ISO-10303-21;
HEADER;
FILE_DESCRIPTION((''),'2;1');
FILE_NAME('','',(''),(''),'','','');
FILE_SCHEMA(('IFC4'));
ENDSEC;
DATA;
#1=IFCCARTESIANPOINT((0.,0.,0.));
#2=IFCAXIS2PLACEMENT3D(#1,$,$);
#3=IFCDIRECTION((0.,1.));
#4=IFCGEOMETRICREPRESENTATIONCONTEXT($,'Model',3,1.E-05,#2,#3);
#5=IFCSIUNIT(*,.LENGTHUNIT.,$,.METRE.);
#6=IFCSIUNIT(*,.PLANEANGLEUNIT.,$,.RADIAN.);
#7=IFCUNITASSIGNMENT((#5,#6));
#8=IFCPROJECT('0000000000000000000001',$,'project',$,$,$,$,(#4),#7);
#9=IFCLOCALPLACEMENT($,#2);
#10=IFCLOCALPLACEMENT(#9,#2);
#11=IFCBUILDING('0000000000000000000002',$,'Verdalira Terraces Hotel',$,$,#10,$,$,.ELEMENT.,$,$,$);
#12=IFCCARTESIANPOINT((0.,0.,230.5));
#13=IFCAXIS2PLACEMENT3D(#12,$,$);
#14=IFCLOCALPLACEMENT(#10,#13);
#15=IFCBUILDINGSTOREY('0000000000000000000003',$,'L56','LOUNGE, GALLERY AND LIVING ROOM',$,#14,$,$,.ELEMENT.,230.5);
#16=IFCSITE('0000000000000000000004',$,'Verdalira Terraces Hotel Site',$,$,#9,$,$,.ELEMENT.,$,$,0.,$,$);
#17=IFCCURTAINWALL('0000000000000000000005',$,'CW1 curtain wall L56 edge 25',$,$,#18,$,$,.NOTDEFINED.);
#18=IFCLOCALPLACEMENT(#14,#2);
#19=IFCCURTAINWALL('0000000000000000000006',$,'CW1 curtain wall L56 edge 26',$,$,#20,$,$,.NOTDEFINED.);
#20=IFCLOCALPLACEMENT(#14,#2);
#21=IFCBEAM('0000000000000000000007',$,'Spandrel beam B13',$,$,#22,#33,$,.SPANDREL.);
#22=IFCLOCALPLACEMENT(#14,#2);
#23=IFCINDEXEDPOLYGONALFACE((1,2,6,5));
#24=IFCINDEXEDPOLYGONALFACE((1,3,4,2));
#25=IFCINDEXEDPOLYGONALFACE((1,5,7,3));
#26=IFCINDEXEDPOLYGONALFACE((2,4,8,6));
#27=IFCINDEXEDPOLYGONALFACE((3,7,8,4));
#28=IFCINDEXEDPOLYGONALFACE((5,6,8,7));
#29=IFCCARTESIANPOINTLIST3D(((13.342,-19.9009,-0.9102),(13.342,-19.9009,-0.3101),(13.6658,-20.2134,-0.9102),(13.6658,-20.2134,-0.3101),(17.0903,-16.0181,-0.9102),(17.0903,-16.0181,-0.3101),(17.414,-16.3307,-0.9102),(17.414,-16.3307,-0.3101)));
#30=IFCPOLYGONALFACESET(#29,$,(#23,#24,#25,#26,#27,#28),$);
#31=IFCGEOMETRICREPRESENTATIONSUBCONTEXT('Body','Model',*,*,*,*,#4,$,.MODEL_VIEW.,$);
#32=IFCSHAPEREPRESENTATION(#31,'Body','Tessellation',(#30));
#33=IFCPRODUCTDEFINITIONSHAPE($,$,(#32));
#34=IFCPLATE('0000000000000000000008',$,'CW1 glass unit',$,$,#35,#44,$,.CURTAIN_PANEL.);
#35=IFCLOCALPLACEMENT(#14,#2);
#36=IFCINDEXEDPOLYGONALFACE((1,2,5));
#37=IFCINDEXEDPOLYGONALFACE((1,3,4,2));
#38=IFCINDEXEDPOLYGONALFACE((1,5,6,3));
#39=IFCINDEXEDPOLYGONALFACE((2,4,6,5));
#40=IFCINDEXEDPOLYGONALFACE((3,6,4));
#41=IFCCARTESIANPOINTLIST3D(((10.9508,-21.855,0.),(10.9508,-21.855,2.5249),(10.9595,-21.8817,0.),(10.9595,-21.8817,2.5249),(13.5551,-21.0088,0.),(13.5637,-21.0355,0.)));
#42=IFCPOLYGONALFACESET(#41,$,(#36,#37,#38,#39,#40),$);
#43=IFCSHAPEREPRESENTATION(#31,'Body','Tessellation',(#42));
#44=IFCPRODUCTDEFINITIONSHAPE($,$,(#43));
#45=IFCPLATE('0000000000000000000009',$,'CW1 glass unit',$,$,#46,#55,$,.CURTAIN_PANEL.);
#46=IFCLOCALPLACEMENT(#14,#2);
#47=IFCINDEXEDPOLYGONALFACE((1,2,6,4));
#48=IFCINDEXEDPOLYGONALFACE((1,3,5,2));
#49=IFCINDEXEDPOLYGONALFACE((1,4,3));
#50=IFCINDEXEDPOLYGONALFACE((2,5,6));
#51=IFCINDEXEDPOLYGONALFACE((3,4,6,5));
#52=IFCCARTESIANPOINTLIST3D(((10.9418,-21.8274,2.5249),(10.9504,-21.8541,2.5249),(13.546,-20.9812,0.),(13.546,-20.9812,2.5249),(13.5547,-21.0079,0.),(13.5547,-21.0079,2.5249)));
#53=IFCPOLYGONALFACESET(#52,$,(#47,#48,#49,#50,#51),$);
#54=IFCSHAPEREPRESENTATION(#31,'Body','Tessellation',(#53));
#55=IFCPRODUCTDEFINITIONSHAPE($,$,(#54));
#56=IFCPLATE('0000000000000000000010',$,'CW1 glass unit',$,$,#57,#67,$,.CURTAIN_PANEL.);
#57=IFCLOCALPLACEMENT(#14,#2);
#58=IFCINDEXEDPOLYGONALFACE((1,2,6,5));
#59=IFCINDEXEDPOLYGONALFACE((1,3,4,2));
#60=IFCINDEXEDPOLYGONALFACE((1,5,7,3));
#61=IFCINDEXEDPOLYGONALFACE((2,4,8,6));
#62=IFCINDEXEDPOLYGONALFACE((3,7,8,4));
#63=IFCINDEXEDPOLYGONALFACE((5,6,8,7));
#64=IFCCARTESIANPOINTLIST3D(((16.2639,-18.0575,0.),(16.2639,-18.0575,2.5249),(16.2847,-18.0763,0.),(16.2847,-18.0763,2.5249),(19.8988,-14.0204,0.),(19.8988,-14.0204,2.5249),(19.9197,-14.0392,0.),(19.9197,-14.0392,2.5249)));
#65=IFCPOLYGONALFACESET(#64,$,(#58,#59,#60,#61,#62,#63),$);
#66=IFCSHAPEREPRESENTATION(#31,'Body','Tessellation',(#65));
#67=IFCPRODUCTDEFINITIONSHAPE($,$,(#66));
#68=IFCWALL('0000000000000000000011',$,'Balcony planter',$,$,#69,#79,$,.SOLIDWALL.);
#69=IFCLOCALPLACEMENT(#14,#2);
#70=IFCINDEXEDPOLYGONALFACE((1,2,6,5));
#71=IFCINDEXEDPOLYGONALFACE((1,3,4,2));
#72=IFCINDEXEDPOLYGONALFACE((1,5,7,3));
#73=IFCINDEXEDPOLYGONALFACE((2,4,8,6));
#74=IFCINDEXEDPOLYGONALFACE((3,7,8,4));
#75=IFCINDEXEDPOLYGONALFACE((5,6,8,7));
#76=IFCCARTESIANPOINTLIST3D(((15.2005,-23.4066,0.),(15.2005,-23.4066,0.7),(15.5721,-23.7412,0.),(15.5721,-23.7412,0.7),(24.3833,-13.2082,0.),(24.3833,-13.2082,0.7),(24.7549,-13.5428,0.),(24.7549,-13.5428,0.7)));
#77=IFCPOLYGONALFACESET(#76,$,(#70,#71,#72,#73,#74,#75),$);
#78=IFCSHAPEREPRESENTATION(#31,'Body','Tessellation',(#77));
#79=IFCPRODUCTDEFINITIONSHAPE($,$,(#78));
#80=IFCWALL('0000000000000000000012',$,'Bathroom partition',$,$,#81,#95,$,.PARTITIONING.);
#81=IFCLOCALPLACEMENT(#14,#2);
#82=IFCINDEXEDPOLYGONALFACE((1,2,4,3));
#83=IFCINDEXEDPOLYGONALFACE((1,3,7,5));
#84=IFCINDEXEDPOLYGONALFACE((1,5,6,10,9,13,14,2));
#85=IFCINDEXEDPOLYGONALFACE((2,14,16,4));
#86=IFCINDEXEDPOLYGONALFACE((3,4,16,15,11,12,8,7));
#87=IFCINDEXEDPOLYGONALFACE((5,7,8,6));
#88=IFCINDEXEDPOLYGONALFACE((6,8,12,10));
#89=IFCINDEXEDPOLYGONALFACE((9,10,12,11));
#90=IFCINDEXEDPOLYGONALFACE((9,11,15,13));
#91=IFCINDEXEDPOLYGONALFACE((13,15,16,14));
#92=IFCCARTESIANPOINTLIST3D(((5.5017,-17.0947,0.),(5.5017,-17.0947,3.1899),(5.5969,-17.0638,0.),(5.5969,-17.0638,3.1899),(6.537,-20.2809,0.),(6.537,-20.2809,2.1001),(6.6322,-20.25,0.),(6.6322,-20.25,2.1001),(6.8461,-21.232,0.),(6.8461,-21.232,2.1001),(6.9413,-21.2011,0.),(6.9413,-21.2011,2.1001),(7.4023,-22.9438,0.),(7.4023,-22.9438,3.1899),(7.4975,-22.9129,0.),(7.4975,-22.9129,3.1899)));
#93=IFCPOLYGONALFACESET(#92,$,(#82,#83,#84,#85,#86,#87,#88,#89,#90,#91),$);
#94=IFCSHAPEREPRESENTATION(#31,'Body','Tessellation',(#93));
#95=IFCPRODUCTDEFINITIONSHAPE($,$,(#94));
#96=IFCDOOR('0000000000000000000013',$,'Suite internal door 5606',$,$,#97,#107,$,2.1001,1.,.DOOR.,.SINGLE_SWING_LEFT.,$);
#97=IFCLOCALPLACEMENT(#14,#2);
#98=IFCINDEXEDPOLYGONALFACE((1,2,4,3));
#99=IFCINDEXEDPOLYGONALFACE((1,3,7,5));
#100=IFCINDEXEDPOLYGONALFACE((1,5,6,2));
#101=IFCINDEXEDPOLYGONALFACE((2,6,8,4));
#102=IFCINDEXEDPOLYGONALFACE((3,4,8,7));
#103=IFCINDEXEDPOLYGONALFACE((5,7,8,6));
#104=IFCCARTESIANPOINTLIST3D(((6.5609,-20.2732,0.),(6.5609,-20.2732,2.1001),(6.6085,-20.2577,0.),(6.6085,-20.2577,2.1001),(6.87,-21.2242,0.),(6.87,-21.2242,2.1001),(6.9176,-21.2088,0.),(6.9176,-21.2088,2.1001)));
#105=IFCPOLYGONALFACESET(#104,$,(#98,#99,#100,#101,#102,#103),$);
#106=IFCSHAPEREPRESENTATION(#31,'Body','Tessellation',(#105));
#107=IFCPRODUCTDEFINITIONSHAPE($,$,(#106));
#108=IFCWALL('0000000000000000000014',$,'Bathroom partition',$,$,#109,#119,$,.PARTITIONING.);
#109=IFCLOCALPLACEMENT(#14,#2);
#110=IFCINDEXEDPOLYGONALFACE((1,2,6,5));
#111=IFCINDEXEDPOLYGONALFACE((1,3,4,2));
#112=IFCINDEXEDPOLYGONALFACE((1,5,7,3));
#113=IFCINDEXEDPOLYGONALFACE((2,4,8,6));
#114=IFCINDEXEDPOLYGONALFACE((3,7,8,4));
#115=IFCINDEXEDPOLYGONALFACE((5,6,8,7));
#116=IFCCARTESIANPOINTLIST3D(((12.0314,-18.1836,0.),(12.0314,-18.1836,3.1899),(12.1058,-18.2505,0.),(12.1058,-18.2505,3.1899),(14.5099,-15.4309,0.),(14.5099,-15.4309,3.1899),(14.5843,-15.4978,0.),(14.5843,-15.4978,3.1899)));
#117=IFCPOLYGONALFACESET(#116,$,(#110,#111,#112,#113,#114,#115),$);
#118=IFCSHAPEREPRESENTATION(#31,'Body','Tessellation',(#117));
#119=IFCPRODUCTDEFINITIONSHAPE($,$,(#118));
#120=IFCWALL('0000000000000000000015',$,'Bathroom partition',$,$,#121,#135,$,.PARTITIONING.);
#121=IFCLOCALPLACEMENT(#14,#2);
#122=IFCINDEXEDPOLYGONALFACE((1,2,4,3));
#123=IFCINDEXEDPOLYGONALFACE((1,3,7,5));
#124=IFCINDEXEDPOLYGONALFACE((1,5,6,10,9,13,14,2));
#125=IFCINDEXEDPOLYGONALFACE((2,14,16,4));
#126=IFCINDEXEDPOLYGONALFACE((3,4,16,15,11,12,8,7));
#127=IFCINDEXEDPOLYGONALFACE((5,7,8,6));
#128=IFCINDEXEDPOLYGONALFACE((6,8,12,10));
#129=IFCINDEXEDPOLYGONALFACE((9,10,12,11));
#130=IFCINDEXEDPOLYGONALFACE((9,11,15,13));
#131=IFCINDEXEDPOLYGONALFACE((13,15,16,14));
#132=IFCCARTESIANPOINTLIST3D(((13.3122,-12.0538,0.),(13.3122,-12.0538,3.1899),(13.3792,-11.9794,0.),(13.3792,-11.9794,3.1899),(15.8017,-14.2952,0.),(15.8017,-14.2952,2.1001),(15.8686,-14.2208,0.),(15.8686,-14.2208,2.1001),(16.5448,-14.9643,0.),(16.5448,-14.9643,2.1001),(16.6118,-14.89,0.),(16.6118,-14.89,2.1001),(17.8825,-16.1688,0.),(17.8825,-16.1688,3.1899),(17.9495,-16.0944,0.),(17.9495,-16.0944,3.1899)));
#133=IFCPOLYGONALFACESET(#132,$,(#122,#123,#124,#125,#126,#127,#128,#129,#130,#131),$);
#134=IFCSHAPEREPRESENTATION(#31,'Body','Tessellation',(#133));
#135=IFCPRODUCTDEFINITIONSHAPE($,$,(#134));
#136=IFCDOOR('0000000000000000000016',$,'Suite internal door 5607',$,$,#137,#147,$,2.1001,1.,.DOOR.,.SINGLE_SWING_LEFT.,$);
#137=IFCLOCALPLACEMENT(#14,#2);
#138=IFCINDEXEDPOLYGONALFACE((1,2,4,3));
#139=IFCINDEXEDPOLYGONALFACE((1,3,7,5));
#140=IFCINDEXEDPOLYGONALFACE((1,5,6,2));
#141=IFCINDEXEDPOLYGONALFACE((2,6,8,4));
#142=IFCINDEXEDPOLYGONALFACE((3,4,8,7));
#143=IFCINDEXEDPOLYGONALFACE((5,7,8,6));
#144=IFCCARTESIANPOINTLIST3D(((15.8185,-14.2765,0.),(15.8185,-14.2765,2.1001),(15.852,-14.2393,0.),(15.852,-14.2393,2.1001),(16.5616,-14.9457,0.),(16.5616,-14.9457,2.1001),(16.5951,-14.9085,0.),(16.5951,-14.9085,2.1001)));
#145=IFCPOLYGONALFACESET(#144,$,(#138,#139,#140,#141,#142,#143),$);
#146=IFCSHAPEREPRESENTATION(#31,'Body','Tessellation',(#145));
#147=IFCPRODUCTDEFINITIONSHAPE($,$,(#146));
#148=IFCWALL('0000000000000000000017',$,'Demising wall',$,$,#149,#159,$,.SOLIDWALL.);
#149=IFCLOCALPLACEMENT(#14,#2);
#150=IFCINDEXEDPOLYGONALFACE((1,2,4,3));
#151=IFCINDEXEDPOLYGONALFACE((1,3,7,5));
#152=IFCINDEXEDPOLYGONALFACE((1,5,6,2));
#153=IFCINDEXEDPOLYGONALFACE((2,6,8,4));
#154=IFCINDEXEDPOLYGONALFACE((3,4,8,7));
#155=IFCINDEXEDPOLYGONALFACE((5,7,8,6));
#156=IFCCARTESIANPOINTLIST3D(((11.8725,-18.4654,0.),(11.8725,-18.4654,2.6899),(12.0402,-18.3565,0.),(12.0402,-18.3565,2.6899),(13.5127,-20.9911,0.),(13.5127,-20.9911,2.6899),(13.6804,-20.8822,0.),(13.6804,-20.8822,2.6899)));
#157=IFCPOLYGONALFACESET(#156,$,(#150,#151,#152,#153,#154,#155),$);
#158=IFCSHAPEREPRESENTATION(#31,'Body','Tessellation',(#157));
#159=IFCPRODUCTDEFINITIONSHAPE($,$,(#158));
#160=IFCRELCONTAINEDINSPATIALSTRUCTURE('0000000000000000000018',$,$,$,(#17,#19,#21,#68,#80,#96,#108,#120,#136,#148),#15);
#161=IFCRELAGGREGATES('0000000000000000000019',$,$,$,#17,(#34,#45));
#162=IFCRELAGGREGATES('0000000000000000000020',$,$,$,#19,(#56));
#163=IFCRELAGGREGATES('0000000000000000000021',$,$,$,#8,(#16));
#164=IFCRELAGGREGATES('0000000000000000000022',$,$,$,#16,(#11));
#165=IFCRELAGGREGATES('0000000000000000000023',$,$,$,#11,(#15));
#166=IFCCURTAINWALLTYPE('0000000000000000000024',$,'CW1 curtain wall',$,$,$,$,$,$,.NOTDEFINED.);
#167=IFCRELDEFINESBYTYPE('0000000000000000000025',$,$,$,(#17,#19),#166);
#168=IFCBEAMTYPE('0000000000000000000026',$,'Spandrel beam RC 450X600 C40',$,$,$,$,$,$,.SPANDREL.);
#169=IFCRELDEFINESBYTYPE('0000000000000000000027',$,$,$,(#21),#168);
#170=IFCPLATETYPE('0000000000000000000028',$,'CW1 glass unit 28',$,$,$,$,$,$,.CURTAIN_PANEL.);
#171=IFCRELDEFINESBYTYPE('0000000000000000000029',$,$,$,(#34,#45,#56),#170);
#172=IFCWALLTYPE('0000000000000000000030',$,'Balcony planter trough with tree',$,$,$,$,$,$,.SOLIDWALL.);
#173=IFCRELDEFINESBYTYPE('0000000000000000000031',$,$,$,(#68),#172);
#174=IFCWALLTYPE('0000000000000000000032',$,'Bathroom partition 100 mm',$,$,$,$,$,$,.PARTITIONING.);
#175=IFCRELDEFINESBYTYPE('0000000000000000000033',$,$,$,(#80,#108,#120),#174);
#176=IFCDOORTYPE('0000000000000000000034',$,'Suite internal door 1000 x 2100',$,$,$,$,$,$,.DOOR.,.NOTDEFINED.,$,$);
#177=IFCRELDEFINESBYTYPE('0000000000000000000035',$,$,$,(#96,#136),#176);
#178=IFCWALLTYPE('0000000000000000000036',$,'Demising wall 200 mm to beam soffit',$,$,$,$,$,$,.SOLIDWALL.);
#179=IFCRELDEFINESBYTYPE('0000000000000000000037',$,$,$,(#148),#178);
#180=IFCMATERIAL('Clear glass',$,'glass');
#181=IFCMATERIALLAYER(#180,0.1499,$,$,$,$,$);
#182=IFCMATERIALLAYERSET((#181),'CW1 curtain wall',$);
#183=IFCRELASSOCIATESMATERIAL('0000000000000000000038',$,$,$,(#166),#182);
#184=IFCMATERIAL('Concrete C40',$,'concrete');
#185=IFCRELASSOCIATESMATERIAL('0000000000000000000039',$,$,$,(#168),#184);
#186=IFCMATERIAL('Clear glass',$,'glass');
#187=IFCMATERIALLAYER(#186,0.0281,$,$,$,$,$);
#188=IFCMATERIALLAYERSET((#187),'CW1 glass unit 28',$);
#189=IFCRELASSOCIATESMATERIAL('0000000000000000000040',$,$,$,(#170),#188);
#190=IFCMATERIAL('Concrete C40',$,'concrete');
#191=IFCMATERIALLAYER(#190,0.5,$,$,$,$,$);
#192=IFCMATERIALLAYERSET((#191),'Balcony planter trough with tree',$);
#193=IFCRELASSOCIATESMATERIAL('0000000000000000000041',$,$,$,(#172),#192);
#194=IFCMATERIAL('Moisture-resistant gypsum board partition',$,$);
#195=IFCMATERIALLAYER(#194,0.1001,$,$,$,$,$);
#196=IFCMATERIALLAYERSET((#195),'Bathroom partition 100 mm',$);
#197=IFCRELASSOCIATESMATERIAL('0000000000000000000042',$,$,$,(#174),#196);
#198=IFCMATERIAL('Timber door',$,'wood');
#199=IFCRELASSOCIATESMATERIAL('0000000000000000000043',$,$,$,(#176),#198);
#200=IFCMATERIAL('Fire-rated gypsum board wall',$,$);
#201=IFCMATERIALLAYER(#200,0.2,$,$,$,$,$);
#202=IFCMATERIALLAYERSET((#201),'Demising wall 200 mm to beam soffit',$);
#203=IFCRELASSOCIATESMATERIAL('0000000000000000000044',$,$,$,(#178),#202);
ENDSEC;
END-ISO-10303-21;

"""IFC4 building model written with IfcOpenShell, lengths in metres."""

from ifc_helpers import new_model, si_unit, direction, frame, frame_2d, origin, origin_2d, place, context, subcontext, project, spatial, polyline, rectangle, outline, extrude, material, layer, layer_set, material_profile, profile_set, type_object, element, fill, aggregate, save


model = new_model("IFC4")

# Units and contexts
model_context = context("Model", 3, precision=1e-05, world=origin(), true_north=direction((0.0, 1.0)))
body_context = subcontext(model_context, "Body", "Model", "MODEL_VIEW")
ifc_project = project(units=[si_unit("LENGTHUNIT", "METRE"), si_unit("PLANEANGLEUNIT", "RADIAN")], contexts=[model_context])

# Site, building, storey
site_placement = place(None, origin())
site = spatial("IfcSite", under=ifc_project, at=site_placement, Name="Verdalira Terraces Hotel Site", CompositionType="ELEMENT", RefElevation=0.0)
building_placement = place(site_placement, origin())
building = spatial("IfcBuilding", under=site, at=building_placement, Name="Verdalira Terraces Hotel", CompositionType="ELEMENT")
storey_placement = place(building_placement, frame((0.0, 0.0, 230.5)))
storey = spatial("IfcBuildingStorey", under=building, at=storey_placement, Name="L56", Description="LOUNGE, GALLERY AND LIVING ROOM", CompositionType="ELEMENT", Elevation=230.5)

# Curtain wall
ifc_material_1 = material(Name="Clear glass", Category="glass")
ifc_layer_1 = layer(ifc_material_1, 0.1499)
ifc_layer_set_1 = layer_set([ifc_layer_1], Name="CW1 curtain wall")
curtain_wall_type = type_object("IfcCurtainWallType", Name="CW1 curtain wall", PredefinedType="NOTDEFINED", material=ifc_layer_set_1)
curtain_wall_1_placement = place(storey_placement, origin())
curtain_wall_1 = element("IfcCurtainWall", 1, at=curtain_wall_1_placement, inside=storey, type_object=curtain_wall_type, Name="CW1 curtain wall L56 edge 25", PredefinedType="NOTDEFINED")

# Curtain wall
curtain_wall_2_placement = place(storey_placement, origin())
curtain_wall_2 = element("IfcCurtainWall", 2, at=curtain_wall_2_placement, inside=storey, type_object=curtain_wall_type, Name="CW1 curtain wall L56 edge 26", PredefinedType="NOTDEFINED")

# Beam
ifc_material_2 = material(Name="Concrete C40", Category="concrete")
ifc_material_profile_1 = material_profile(ifc_material_2, rectangle(XDim=0.45, YDim=0.6001, at=origin_2d()), Name="RC 450X600")
ifc_profile_set_1 = profile_set([ifc_material_profile_1], Name="Concrete C40")
beam_type_1 = type_object("IfcBeamType", Name="Spandrel beam RC 450X600 C40", PredefinedType="SPANDREL", material=ifc_profile_set_1)
beam_1_placement = place(storey_placement, frame((13.5039, -20.0571, -0.6101), z_axis=(0.694534, 0.71946, 0.0), x_axis=(-0.71946, 0.694534, 0.0)))
element("IfcBeam", 3, at=beam_1_placement, inside=storey, type_object=beam_type_1, Name="Spandrel beam B13", PredefinedType="SPANDREL", context=body_context, shape_type="SweptSolid", body=[
    extrude(rectangle(XDim=0.45, YDim=0.6001, at=origin_2d()), origin(), (0.0, 0.0, 1.0), 5.3967),
])

# Plates
ifc_material_3 = material(Name="Clear glass", Category="glass")
ifc_layer_2 = layer(ifc_material_3, 0.0281)
ifc_layer_set_2 = layer_set([ifc_layer_2], Name="CW1 glass unit 28")
plate_type = type_object("IfcPlateType", Name="CW1 glass unit 28", PredefinedType="CURTAIN_PANEL", material=ifc_layer_set_2)
plate_1_placement = place(storey_placement, frame((12.2529, -21.4319, 1.2625), z_axis=(0.309017, -0.951057, 0.0), x_axis=(0.951057, 0.309017, 0.0)))
plate_1 = element("IfcPlate", 4, at=plate_1_placement, type_object=plate_type, Name="CW1 glass unit", PredefinedType="CURTAIN_PANEL", context=body_context, shape_type="SweptSolid", body=[
    extrude(outline(polyline([(-1.3691, -1.2625), (1.3691, -1.2625), (-1.3691, 1.2625), (-1.3691, -1.2625)])), origin(), (0.0, 0.0, 1.0), 0.0281),
])
plate_2_placement = place(storey_placement, frame((12.2439, -21.4043, 1.2625), z_axis=(0.309017, -0.951057, 0.0), x_axis=(0.951057, 0.309017, 0.0)))
plate_2 = element("IfcPlate", 5, at=plate_2_placement, type_object=plate_type, Name="CW1 glass unit", PredefinedType="CURTAIN_PANEL", context=body_context, shape_type="SweptSolid", body=[
    extrude(outline(polyline([(1.3691, -1.2625), (1.3691, 1.2625), (-1.3691, 1.2625), (1.3691, -1.2625)])), origin(), (0.0, 0.0, 1.0), 0.0281),
])
aggregate(curtain_wall_1, [plate_1, plate_2])
plate_3_placement = place(storey_placement, frame((18.0918, -16.0483, 0.0), z_axis=(0.0, 0.0, 1.0), x_axis=(0.669131, 0.743145, 0.0)))
plate_3 = element("IfcPlate", 6, at=plate_3_placement, type_object=plate_type, Name="CW1 glass unit", PredefinedType="CURTAIN_PANEL", context=body_context, shape_type="SweptSolid", body=[
    extrude(rectangle(XDim=5.4324, YDim=0.0281, at=origin_2d()), origin(), (0.0, 0.0, 1.0), 2.5249),
])
aggregate(curtain_wall_2, [plate_3])

# Wall
ifc_material_4 = material(Name="Concrete C40", Category="concrete")
ifc_layer_3 = layer(ifc_material_4, 0.5)
ifc_layer_set_3 = layer_set([ifc_layer_3], Name="Balcony planter trough with tree")
wall_type_1 = type_object("IfcWallType", Name="Balcony planter trough with tree", PredefinedType="SOLIDWALL", material=ifc_layer_set_3)
wall_1_placement = place(storey_placement, frame((15.3862, -23.574, 0.0), z_axis=(0.0, 0.0, 1.0), x_axis=(0.669135, 0.743141, 0.0)))
element("IfcWall", 7, at=wall_1_placement, inside=storey, type_object=wall_type_1, Name="Balcony planter", PredefinedType="SOLIDWALL", context=body_context, shape_type="SweptSolid", body=[
    extrude(rectangle(XDim=13.7234, YDim=0.5, at=frame_2d((6.8618, 0.0))), origin(), (0.0, 0.0, 1.0), 0.7),
])

# Wall, opening, door
ifc_material_5 = material(Name="Moisture-resistant gypsum board partition")
ifc_layer_4 = layer(ifc_material_5, 0.1001)
ifc_layer_set_4 = layer_set([ifc_layer_4], Name="Bathroom partition 100 mm")
wall_type_2 = type_object("IfcWallType", Name="Bathroom partition 100 mm", PredefinedType="PARTITIONING", material=ifc_layer_set_4)
wall_2_placement = place(storey_placement, frame((7.45, -22.9285, 0.0), z_axis=(0.0, 0.0, 1.0), x_axis=(-0.309038, 0.95105, 0.0)))
wall_2 = element("IfcWall", 8, at=wall_2_placement, inside=storey, type_object=wall_type_2, Name="Bathroom partition", PredefinedType="PARTITIONING", context=body_context, shape_type="SweptSolid", body=[
    extrude(rectangle(XDim=6.1501, YDim=0.1001, at=frame_2d((3.0752, 0.0))), origin(), (0.0, 0.0, 1.0), 3.1899),
])
opening_1_placement = place(wall_2_placement, frame((1.8, 0.0, 0.0)))
opening_1 = element("IfcOpeningElement", 9, at=opening_1_placement, cuts=wall_2, PredefinedType="OPENING", context=body_context, shape_type="SweptSolid", body=[
    extrude(rectangle(XDim=1.0, YDim=2.1001, at=frame_2d((0.5, 1.05))), frame((0.0, 0.0601, 0.0), z_axis=(0.0, -1.0, 0.0), x_axis=(1.0, 0.0, 0.0)), (0.0, 0.0, 1.0), 0.1201),
])
ifc_material_6 = material(Name="Timber door", Category="wood")
door_type_1 = type_object("IfcDoorType", Name="Suite internal door 1000 x 2100", OperationType="NOTDEFINED", PredefinedType="DOOR", material=ifc_material_6)
door_1_placement = place(opening_1_placement, origin())
door_1 = element("IfcDoor", 10, at=door_1_placement, inside=storey, type_object=door_type_1, Name="Suite internal door 5606", OperationType="SINGLE_SWING_LEFT", OverallHeight=2.1001, OverallWidth=1.0, PredefinedType="DOOR", context=body_context, shape_type="SweptSolid", body=[
    extrude(rectangle(XDim=1.0, YDim=2.1001, at=frame_2d((0.5, 1.05))), frame((0.0, 0.0249, 0.0), z_axis=(0.0, -1.0, 0.0), x_axis=(1.0, 0.0, 0.0)), (0.0, 0.0, 1.0), 0.05),
])
fill(opening_1, door_1)

# Wall
wall_3_placement = place(storey_placement, frame((12.0686, -18.217, 0.0), z_axis=(0.0, 0.0, 1.0), x_axis=(0.669129, 0.743147, 0.0)))
element("IfcWall", 11, at=wall_3_placement, inside=storey, type_object=wall_type_2, Name="Bathroom partition", PredefinedType="PARTITIONING", context=body_context, shape_type="SweptSolid", body=[
    extrude(rectangle(XDim=3.7041, YDim=0.1001, at=frame_2d((1.8521, 0.0))), origin(), (0.0, 0.0, 1.0), 3.1899),
])

# Wall, opening, door
wall_4_placement = place(storey_placement, frame((17.916, -16.1316, 0.0), z_axis=(0.0, 0.0, 1.0), x_axis=(-0.743156, 0.669118, 0.0)))
wall_4 = element("IfcWall", 12, at=wall_4_placement, inside=storey, type_object=wall_type_2, Name="Bathroom partition", PredefinedType="PARTITIONING", context=body_context, shape_type="SweptSolid", body=[
    extrude(rectangle(XDim=6.1499, YDim=0.1001, at=frame_2d((3.075, 0.0))), origin(), (0.0, 0.0, 1.0), 3.1899),
])
opening_2_placement = place(wall_4_placement, frame((1.8, 0.0, 0.0)))
opening_2 = element("IfcOpeningElement", 13, at=opening_2_placement, cuts=wall_4, PredefinedType="OPENING", context=body_context, shape_type="SweptSolid", body=[
    extrude(rectangle(XDim=1.0, YDim=2.1001, at=frame_2d((0.5, 1.05))), frame((0.0, 0.0601, 0.0), z_axis=(0.0, -1.0, 0.0), x_axis=(1.0, 0.0, 0.0)), (0.0, 0.0, 1.0), 0.1201),
])
door_2_placement = place(opening_2_placement, origin())
door_2 = element("IfcDoor", 14, at=door_2_placement, inside=storey, type_object=door_type_1, Name="Suite internal door 5607", OperationType="SINGLE_SWING_LEFT", OverallHeight=2.1001, OverallWidth=1.0, PredefinedType="DOOR", context=body_context, shape_type="SweptSolid", body=[
    extrude(rectangle(XDim=1.0, YDim=2.1001, at=frame_2d((0.5, 1.05))), frame((0.0, 0.0249, 0.0), z_axis=(0.0, -1.0, 0.0), x_axis=(1.0, 0.0, 0.0)), (0.0, 0.0, 1.0), 0.05),
])
fill(opening_2, door_2)

# Wall
ifc_material_7 = material(Name="Fire-rated gypsum board wall")
ifc_layer_5 = layer(ifc_material_7, 0.2)
ifc_layer_set_5 = layer_set([ifc_layer_5], Name="Demising wall 200 mm to beam soffit")
wall_type_3 = type_object("IfcWallType", Name="Demising wall 200 mm to beam soffit", PredefinedType="SOLIDWALL", material=ifc_layer_set_5)
wall_5_placement = place(storey_placement, frame((11.9563, -18.4109, 0.0), z_axis=(0.0, 0.0, 1.0), x_axis=(0.544632, -0.838675, 0.0)))
element("IfcWall", 15, at=wall_5_placement, inside=storey, type_object=wall_type_3, Name="Demising wall", PredefinedType="SOLIDWALL", context=body_context, shape_type="SweptSolid", body=[
    extrude(rectangle(XDim=3.0115, YDim=0.2, at=frame_2d((1.5059, 0.0))), origin(), (0.0, 0.0, 1.0), 2.6899),
])

save(model, "model.ifc")
